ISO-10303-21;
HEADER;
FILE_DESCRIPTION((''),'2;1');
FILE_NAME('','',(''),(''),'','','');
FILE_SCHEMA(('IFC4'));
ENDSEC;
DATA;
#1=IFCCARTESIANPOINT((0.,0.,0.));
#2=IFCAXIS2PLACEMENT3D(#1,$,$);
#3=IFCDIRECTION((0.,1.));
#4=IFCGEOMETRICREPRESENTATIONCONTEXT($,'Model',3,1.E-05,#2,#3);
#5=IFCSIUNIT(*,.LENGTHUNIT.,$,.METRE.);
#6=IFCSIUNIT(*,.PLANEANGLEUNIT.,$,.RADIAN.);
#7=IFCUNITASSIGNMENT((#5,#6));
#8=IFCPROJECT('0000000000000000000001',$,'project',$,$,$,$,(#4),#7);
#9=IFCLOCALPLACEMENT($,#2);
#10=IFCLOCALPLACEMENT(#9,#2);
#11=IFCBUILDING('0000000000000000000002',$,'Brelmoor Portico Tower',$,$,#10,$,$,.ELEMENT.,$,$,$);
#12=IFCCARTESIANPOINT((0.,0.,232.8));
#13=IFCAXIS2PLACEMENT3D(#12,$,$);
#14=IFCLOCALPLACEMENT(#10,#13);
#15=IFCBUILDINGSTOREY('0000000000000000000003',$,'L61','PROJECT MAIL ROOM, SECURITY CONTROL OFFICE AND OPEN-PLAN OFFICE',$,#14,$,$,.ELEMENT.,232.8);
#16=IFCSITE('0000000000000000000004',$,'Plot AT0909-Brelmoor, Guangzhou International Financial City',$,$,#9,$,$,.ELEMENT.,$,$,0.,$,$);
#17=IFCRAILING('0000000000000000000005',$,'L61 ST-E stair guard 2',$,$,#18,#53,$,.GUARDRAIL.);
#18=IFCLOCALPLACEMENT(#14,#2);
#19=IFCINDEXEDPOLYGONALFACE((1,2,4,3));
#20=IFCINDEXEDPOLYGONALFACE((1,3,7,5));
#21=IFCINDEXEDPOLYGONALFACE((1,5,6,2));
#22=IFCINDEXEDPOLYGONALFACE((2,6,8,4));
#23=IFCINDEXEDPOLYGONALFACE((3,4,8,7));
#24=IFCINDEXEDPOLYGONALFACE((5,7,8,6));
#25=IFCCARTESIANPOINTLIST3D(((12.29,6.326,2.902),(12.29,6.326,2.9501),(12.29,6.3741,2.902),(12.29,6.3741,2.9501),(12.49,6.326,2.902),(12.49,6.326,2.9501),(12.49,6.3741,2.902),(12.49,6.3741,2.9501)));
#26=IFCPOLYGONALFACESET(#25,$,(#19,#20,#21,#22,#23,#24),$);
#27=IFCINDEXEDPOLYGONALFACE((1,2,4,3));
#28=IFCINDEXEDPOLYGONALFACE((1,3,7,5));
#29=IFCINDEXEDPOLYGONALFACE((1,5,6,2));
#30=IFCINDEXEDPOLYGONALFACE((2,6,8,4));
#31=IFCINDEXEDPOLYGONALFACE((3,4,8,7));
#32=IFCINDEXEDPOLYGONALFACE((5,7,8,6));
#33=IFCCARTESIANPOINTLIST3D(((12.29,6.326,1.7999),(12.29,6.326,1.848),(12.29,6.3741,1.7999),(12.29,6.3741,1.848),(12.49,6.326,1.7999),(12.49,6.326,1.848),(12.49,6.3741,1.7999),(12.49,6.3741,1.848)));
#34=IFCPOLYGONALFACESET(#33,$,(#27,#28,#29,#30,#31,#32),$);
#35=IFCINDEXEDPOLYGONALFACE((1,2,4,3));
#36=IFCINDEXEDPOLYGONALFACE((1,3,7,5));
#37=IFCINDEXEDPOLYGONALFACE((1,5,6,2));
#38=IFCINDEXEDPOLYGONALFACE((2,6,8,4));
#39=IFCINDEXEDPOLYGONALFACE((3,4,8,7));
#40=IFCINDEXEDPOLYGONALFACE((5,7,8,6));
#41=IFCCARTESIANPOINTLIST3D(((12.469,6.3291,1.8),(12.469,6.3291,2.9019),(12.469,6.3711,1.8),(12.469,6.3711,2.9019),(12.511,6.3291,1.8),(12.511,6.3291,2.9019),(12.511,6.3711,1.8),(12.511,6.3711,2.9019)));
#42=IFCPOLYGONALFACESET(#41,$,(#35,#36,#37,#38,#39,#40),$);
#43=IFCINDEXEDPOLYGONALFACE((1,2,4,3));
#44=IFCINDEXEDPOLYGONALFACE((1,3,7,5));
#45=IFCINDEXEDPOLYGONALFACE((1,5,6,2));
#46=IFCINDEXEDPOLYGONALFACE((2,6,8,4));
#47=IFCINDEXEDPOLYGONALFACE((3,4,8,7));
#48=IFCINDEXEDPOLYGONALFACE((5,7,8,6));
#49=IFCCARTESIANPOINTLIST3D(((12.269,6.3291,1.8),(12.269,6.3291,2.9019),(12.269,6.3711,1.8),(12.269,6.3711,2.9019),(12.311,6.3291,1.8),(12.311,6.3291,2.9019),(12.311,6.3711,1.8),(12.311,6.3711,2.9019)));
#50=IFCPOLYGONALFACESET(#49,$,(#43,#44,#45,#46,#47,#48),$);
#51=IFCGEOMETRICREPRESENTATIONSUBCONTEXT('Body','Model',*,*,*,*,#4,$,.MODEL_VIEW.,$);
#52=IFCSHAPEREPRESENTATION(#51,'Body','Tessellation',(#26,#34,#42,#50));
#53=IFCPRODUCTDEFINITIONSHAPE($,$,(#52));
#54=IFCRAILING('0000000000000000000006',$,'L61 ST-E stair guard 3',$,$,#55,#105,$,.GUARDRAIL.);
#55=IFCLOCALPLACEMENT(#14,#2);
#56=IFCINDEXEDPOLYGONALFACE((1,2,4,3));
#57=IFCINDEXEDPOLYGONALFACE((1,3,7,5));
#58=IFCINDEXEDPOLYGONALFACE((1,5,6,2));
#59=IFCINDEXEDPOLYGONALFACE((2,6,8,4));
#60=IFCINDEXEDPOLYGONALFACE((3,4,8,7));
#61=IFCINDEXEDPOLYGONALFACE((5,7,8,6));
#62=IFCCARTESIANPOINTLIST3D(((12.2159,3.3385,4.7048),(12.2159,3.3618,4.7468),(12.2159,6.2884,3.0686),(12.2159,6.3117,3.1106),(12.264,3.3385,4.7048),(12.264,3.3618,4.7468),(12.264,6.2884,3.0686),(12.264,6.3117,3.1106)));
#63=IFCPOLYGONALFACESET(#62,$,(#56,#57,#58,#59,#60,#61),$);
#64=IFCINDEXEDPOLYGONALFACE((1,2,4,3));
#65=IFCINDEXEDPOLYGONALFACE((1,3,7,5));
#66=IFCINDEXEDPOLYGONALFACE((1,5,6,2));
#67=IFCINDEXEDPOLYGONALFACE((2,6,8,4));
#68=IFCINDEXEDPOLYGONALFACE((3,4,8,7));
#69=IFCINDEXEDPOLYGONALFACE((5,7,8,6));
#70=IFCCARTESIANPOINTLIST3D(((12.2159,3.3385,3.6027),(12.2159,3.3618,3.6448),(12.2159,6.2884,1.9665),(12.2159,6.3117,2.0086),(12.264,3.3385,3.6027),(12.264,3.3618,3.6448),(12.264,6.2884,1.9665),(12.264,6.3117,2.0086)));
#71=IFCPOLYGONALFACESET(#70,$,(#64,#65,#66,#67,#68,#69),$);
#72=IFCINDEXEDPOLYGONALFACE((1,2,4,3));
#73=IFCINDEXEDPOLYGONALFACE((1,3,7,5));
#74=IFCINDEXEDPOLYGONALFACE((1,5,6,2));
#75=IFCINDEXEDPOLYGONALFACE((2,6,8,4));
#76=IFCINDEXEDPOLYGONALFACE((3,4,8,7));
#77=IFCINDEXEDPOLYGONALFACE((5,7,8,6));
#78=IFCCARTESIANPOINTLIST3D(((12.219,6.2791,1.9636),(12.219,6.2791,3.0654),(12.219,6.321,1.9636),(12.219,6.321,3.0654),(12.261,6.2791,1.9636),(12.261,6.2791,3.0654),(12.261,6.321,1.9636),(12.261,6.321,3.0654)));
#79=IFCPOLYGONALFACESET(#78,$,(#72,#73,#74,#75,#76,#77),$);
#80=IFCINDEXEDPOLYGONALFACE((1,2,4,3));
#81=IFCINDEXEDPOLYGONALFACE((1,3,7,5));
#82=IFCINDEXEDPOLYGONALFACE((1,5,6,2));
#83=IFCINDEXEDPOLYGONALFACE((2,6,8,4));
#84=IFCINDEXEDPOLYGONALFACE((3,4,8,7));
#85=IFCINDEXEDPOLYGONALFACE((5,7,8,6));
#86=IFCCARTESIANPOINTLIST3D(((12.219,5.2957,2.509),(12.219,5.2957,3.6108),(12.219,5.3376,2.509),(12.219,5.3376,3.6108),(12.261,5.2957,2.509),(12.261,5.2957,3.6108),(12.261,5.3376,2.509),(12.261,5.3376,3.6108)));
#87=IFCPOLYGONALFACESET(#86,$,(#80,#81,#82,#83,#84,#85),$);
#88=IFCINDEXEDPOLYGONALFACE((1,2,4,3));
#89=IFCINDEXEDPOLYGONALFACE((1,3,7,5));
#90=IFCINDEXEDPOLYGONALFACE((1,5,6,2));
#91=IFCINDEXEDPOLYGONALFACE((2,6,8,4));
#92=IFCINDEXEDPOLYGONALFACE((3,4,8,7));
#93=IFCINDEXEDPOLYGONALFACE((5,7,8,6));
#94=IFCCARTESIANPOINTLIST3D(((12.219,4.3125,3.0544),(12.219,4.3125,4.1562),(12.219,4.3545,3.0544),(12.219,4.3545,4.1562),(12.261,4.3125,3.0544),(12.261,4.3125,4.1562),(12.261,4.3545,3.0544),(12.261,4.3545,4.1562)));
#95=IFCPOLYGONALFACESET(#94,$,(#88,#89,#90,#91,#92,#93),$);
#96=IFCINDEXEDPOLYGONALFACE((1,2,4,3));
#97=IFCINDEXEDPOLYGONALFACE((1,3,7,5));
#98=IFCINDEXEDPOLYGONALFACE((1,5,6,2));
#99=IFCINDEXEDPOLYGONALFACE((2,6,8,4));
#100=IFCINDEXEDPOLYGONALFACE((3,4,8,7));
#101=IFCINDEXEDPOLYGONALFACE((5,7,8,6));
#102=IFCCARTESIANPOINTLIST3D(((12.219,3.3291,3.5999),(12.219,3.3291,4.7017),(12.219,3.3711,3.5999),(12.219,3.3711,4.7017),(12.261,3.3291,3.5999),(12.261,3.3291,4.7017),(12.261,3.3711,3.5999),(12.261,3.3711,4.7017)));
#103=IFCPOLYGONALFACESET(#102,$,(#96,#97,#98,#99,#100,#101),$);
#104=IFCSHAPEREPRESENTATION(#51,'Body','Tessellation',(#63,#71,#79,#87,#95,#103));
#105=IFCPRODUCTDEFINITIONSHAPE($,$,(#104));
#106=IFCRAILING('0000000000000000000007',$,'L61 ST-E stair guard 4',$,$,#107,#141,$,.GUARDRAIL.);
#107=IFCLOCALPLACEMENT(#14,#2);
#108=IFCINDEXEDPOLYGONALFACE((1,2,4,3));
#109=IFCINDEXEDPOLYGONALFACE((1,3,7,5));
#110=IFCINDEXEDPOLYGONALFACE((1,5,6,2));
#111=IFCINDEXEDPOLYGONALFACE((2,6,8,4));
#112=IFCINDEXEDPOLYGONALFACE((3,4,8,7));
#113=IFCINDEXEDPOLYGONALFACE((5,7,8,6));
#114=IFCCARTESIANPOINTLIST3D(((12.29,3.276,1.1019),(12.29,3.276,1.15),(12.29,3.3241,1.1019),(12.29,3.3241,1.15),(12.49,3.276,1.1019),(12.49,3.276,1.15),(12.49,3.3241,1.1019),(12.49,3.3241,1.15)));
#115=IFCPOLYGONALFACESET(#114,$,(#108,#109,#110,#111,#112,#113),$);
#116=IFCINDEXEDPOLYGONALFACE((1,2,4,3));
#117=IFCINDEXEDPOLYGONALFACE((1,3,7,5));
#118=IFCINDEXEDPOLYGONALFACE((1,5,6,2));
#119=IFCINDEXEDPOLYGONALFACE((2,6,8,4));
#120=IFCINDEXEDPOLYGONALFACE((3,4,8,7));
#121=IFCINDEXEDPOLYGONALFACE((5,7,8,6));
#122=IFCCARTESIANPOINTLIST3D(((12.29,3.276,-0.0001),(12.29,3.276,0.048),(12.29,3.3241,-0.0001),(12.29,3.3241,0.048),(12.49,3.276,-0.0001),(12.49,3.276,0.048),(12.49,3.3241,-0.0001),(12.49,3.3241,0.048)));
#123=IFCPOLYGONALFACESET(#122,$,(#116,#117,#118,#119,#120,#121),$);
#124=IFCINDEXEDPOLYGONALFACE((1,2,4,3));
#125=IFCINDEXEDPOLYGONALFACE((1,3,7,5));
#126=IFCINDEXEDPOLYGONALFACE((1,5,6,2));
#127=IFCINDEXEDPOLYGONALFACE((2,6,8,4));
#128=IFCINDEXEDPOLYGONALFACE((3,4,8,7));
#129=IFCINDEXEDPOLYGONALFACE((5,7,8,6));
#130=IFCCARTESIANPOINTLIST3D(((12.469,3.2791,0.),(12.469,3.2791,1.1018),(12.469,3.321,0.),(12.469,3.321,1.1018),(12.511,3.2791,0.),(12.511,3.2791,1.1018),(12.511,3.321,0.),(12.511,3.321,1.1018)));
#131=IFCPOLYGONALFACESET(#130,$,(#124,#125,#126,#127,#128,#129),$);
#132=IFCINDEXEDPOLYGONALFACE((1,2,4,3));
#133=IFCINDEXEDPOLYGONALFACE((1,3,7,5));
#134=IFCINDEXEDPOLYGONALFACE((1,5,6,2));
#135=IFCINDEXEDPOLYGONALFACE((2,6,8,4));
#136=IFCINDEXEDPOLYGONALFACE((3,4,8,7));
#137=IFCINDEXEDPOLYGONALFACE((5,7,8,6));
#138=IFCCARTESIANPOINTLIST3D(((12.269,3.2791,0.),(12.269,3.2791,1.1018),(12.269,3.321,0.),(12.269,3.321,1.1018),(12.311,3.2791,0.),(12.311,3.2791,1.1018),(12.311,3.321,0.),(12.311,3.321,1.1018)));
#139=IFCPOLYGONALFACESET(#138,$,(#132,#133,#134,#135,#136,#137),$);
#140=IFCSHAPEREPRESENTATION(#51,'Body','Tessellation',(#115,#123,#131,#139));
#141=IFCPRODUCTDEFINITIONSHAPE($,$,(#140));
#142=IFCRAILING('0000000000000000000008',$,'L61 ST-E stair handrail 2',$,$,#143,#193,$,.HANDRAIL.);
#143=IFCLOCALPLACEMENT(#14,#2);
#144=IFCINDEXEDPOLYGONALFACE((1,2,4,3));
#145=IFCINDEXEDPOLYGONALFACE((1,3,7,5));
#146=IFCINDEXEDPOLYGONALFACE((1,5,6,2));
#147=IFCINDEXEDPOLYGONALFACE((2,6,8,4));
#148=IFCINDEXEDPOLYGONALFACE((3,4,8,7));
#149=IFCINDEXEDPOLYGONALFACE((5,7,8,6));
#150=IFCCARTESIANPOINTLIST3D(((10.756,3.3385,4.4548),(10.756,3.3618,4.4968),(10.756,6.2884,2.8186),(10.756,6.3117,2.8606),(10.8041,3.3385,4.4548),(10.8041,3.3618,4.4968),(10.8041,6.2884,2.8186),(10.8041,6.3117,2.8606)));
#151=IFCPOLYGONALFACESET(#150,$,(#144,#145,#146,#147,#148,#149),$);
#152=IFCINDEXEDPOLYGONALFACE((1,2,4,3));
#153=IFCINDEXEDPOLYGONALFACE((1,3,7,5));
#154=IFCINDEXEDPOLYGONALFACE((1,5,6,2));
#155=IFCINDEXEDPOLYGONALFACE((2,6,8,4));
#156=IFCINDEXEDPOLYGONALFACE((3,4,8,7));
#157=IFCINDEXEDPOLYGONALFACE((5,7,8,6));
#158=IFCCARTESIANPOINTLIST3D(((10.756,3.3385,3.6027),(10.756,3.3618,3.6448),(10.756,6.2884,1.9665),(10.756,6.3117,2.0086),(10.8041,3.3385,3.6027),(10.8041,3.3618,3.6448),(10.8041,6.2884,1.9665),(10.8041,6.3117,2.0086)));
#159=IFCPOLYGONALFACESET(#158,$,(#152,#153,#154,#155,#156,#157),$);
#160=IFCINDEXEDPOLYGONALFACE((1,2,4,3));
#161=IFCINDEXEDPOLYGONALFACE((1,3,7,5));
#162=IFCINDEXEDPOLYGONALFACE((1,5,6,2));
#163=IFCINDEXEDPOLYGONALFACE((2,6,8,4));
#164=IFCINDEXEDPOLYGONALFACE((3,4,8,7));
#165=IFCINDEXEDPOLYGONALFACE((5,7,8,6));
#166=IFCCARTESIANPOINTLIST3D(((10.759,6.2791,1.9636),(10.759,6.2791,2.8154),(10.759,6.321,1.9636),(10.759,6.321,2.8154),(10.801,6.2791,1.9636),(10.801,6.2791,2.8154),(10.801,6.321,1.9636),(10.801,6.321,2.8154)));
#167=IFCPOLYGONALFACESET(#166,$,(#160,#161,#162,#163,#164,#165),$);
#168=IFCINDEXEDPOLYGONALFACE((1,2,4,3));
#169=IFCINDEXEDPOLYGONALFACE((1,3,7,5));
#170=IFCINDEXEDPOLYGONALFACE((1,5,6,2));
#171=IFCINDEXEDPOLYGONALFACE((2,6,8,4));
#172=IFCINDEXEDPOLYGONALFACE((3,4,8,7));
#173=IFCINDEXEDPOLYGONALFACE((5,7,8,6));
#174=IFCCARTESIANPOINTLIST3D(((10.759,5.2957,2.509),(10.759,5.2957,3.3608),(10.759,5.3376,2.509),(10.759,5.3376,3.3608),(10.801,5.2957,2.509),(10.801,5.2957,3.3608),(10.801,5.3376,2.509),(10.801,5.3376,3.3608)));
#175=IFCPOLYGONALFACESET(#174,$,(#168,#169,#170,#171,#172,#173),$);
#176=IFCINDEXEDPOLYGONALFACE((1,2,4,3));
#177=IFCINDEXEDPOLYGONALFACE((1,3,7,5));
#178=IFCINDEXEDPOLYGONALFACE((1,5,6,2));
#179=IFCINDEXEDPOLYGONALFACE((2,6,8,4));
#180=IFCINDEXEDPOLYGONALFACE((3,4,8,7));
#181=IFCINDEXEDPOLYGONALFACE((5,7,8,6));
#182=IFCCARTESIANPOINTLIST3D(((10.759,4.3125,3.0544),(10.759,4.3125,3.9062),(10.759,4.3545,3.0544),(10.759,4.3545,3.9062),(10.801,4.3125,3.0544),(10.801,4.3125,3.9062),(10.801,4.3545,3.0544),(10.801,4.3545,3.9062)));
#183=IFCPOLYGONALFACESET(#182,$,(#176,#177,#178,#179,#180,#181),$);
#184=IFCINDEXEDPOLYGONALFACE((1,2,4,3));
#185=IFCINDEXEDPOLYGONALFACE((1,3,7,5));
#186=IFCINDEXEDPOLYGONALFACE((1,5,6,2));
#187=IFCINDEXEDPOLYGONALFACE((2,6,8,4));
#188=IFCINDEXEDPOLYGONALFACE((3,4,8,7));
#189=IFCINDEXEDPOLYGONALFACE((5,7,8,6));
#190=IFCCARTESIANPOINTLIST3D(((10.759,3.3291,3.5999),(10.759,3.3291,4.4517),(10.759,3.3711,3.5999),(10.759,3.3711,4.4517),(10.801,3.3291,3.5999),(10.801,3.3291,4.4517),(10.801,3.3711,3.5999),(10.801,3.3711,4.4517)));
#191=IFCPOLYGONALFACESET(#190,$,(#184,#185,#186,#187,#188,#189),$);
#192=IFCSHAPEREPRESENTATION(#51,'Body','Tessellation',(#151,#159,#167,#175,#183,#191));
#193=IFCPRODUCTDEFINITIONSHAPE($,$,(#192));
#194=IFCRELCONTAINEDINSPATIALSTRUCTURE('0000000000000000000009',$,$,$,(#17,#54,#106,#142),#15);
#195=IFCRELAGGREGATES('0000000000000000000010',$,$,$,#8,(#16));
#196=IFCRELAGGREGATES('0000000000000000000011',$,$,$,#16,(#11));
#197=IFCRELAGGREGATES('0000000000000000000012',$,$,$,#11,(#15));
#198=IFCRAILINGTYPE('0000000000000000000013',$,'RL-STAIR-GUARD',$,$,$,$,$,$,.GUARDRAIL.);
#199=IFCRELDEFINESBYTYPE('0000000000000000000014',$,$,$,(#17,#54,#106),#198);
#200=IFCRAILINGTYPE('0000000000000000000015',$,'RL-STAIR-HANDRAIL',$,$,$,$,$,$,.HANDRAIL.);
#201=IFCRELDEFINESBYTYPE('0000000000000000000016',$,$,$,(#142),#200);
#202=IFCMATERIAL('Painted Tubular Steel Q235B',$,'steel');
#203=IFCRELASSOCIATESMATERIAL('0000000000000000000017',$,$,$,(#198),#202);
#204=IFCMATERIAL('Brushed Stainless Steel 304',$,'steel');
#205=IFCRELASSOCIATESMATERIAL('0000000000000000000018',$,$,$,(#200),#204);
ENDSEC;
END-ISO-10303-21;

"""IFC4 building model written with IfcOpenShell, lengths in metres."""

from ifc_helpers import new_model, si_unit, direction, frame, origin, origin_2d, place, context, subcontext, project, spatial, rectangle, extrude, material, type_object, element, save


model = new_model("IFC4")

# Units and contexts
model_context = context("Model", 3, precision=1e-05, world=origin(), true_north=direction((0.0, 1.0)))
body_context = subcontext(model_context, "Body", "Model", "MODEL_VIEW")
ifc_project = project(units=[si_unit("LENGTHUNIT", "METRE"), si_unit("PLANEANGLEUNIT", "RADIAN")], contexts=[model_context])

# Site, building, storey
site_placement = place(None, origin())
site = spatial("IfcSite", under=ifc_project, at=site_placement, Name="Plot AT0909-Brelmoor, Guangzhou International Financial City", CompositionType="ELEMENT", RefElevation=0.0)
building_placement = place(site_placement, origin())
building = spatial("IfcBuilding", under=site, at=building_placement, Name="Brelmoor Portico Tower", CompositionType="ELEMENT")
storey_placement = place(building_placement, frame((0.0, 0.0, 232.8)))
storey = spatial("IfcBuildingStorey", under=building, at=storey_placement, Name="L61", Description="PROJECT MAIL ROOM, SECURITY CONTROL OFFICE AND OPEN-PLAN OFFICE", CompositionType="ELEMENT", Elevation=232.8)

# Railings
ifc_material_1 = material(Name="Painted Tubular Steel Q235B", Category="steel")
railing_type_1 = type_object("IfcRailingType", Name="RL-STAIR-GUARD", PredefinedType="GUARDRAIL", material=ifc_material_1)
railing_1_placement = place(storey_placement, frame((12.49, 6.3501, 1.8)))
element("IfcRailing", 1, at=railing_1_placement, inside=storey, type_object=railing_type_1, Name="L61 ST-E stair guard 2", PredefinedType="GUARDRAIL", context=body_context, shape_type="SweptSolid", body=[
    extrude(rectangle(XDim=0.0481, YDim=0.0481, at=origin_2d()), frame((0.0, 0.0, 1.126), z_axis=(-1.0, 0.0, 0.0), x_axis=(0.0, -1.0, 0.0)), (0.0, 0.0, 1.0), 0.2),
    extrude(rectangle(XDim=0.0481, YDim=0.0481, at=origin_2d()), frame((0.0, 0.0, 0.0239), z_axis=(-1.0, 0.0, 0.0), x_axis=(0.0, -1.0, 0.0)), (0.0, 0.0, 1.0), 0.2),
    extrude(rectangle(XDim=0.042, YDim=0.042, at=origin_2d()), origin(), (0.0, 0.0, 1.0), 1.1018),
    extrude(rectangle(XDim=0.042, YDim=0.042, at=origin_2d()), frame((-0.2, 0.0, 0.0)), (0.0, 0.0, 1.0), 1.1018),
])
railing_2_placement = place(storey_placement, frame((12.24, 6.3, 1.9636)))
element("IfcRailing", 2, at=railing_2_placement, inside=storey, type_object=railing_type_1, Name="L61 ST-E stair guard 3", PredefinedType="GUARDRAIL", context=body_context, shape_type="SweptSolid", body=[
    extrude(rectangle(XDim=0.0481, YDim=0.0481, at=origin_2d()), frame((0.0, 0.0, 1.126), z_axis=(0.0, -0.874488, 0.485047), x_axis=(1.0, 0.0, 0.0)), (0.0, 0.0, 1.0), 3.3733),
    extrude(rectangle(XDim=0.0481, YDim=0.0481, at=origin_2d()), frame((0.0, 0.0, 0.0239), z_axis=(0.0, -0.874488, 0.485047), x_axis=(1.0, 0.0, 0.0)), (0.0, 0.0, 1.0), 3.3733),
    extrude(rectangle(XDim=0.042, YDim=0.042, at=origin_2d()), origin(), (0.0, 0.0, 1.0), 1.1018),
    extrude(rectangle(XDim=0.042, YDim=0.042, at=origin_2d()), frame((0.0, -0.9834, 0.5454)), (0.0, 0.0, 1.0), 1.1018),
    extrude(rectangle(XDim=0.042, YDim=0.042, at=origin_2d()), frame((0.0, -1.9666, 1.0908)), (0.0, 0.0, 1.0), 1.1018),
    extrude(rectangle(XDim=0.042, YDim=0.042, at=origin_2d()), frame((0.0, -2.95, 1.6362)), (0.0, 0.0, 1.0), 1.1018),
])
railing_3_placement = place(storey_placement, frame((12.49, 3.3, 0.0)))
element("IfcRailing", 3, at=railing_3_placement, inside=storey, type_object=railing_type_1, Name="L61 ST-E stair guard 4", PredefinedType="GUARDRAIL", context=body_context, shape_type="SweptSolid", body=[
    extrude(rectangle(XDim=0.0481, YDim=0.0481, at=origin_2d()), frame((0.0, 0.0, 1.126), z_axis=(-1.0, 0.0, 0.0), x_axis=(0.0, -1.0, 0.0)), (0.0, 0.0, 1.0), 0.2),
    extrude(rectangle(XDim=0.0481, YDim=0.0481, at=origin_2d()), frame((0.0, 0.0, 0.0239), z_axis=(-1.0, 0.0, 0.0), x_axis=(0.0, -1.0, 0.0)), (0.0, 0.0, 1.0), 0.2),
    extrude(rectangle(XDim=0.042, YDim=0.042, at=origin_2d()), origin(), (0.0, 0.0, 1.0), 1.1018),
    extrude(rectangle(XDim=0.042, YDim=0.042, at=origin_2d()), frame((-0.2, 0.0, 0.0)), (0.0, 0.0, 1.0), 1.1018),
])
ifc_material_2 = material(Name="Brushed Stainless Steel 304", Category="steel")
railing_type_2 = type_object("IfcRailingType", Name="RL-STAIR-HANDRAIL", PredefinedType="HANDRAIL", material=ifc_material_2)
railing_4_placement = place(storey_placement, frame((10.78, 6.3, 1.9636)))
element("IfcRailing", 4, at=railing_4_placement, inside=storey, type_object=railing_type_2, Name="L61 ST-E stair handrail 2", PredefinedType="HANDRAIL", context=body_context, shape_type="SweptSolid", body=[
    extrude(rectangle(XDim=0.0481, YDim=0.0481, at=origin_2d()), frame((0.0, 0.0, 0.876), z_axis=(0.0, -0.874488, 0.485047), x_axis=(1.0, 0.0, 0.0)), (0.0, 0.0, 1.0), 3.3733),
    extrude(rectangle(XDim=0.0481, YDim=0.0481, at=origin_2d()), frame((0.0, 0.0, 0.0239), z_axis=(0.0, -0.874488, 0.485047), x_axis=(1.0, 0.0, 0.0)), (0.0, 0.0, 1.0), 3.3733),
    extrude(rectangle(XDim=0.042, YDim=0.042, at=origin_2d()), origin(), (0.0, 0.0, 1.0), 0.8518),
    extrude(rectangle(XDim=0.042, YDim=0.042, at=origin_2d()), frame((0.0, -0.9834, 0.5454)), (0.0, 0.0, 1.0), 0.8518),
    extrude(rectangle(XDim=0.042, YDim=0.042, at=origin_2d()), frame((0.0, -1.9666, 1.0908)), (0.0, 0.0, 1.0), 0.8518),
    extrude(rectangle(XDim=0.042, YDim=0.042, at=origin_2d()), frame((0.0, -2.95, 1.6362)), (0.0, 0.0, 1.0), 0.8518),
])

save(model, "model.ifc")
